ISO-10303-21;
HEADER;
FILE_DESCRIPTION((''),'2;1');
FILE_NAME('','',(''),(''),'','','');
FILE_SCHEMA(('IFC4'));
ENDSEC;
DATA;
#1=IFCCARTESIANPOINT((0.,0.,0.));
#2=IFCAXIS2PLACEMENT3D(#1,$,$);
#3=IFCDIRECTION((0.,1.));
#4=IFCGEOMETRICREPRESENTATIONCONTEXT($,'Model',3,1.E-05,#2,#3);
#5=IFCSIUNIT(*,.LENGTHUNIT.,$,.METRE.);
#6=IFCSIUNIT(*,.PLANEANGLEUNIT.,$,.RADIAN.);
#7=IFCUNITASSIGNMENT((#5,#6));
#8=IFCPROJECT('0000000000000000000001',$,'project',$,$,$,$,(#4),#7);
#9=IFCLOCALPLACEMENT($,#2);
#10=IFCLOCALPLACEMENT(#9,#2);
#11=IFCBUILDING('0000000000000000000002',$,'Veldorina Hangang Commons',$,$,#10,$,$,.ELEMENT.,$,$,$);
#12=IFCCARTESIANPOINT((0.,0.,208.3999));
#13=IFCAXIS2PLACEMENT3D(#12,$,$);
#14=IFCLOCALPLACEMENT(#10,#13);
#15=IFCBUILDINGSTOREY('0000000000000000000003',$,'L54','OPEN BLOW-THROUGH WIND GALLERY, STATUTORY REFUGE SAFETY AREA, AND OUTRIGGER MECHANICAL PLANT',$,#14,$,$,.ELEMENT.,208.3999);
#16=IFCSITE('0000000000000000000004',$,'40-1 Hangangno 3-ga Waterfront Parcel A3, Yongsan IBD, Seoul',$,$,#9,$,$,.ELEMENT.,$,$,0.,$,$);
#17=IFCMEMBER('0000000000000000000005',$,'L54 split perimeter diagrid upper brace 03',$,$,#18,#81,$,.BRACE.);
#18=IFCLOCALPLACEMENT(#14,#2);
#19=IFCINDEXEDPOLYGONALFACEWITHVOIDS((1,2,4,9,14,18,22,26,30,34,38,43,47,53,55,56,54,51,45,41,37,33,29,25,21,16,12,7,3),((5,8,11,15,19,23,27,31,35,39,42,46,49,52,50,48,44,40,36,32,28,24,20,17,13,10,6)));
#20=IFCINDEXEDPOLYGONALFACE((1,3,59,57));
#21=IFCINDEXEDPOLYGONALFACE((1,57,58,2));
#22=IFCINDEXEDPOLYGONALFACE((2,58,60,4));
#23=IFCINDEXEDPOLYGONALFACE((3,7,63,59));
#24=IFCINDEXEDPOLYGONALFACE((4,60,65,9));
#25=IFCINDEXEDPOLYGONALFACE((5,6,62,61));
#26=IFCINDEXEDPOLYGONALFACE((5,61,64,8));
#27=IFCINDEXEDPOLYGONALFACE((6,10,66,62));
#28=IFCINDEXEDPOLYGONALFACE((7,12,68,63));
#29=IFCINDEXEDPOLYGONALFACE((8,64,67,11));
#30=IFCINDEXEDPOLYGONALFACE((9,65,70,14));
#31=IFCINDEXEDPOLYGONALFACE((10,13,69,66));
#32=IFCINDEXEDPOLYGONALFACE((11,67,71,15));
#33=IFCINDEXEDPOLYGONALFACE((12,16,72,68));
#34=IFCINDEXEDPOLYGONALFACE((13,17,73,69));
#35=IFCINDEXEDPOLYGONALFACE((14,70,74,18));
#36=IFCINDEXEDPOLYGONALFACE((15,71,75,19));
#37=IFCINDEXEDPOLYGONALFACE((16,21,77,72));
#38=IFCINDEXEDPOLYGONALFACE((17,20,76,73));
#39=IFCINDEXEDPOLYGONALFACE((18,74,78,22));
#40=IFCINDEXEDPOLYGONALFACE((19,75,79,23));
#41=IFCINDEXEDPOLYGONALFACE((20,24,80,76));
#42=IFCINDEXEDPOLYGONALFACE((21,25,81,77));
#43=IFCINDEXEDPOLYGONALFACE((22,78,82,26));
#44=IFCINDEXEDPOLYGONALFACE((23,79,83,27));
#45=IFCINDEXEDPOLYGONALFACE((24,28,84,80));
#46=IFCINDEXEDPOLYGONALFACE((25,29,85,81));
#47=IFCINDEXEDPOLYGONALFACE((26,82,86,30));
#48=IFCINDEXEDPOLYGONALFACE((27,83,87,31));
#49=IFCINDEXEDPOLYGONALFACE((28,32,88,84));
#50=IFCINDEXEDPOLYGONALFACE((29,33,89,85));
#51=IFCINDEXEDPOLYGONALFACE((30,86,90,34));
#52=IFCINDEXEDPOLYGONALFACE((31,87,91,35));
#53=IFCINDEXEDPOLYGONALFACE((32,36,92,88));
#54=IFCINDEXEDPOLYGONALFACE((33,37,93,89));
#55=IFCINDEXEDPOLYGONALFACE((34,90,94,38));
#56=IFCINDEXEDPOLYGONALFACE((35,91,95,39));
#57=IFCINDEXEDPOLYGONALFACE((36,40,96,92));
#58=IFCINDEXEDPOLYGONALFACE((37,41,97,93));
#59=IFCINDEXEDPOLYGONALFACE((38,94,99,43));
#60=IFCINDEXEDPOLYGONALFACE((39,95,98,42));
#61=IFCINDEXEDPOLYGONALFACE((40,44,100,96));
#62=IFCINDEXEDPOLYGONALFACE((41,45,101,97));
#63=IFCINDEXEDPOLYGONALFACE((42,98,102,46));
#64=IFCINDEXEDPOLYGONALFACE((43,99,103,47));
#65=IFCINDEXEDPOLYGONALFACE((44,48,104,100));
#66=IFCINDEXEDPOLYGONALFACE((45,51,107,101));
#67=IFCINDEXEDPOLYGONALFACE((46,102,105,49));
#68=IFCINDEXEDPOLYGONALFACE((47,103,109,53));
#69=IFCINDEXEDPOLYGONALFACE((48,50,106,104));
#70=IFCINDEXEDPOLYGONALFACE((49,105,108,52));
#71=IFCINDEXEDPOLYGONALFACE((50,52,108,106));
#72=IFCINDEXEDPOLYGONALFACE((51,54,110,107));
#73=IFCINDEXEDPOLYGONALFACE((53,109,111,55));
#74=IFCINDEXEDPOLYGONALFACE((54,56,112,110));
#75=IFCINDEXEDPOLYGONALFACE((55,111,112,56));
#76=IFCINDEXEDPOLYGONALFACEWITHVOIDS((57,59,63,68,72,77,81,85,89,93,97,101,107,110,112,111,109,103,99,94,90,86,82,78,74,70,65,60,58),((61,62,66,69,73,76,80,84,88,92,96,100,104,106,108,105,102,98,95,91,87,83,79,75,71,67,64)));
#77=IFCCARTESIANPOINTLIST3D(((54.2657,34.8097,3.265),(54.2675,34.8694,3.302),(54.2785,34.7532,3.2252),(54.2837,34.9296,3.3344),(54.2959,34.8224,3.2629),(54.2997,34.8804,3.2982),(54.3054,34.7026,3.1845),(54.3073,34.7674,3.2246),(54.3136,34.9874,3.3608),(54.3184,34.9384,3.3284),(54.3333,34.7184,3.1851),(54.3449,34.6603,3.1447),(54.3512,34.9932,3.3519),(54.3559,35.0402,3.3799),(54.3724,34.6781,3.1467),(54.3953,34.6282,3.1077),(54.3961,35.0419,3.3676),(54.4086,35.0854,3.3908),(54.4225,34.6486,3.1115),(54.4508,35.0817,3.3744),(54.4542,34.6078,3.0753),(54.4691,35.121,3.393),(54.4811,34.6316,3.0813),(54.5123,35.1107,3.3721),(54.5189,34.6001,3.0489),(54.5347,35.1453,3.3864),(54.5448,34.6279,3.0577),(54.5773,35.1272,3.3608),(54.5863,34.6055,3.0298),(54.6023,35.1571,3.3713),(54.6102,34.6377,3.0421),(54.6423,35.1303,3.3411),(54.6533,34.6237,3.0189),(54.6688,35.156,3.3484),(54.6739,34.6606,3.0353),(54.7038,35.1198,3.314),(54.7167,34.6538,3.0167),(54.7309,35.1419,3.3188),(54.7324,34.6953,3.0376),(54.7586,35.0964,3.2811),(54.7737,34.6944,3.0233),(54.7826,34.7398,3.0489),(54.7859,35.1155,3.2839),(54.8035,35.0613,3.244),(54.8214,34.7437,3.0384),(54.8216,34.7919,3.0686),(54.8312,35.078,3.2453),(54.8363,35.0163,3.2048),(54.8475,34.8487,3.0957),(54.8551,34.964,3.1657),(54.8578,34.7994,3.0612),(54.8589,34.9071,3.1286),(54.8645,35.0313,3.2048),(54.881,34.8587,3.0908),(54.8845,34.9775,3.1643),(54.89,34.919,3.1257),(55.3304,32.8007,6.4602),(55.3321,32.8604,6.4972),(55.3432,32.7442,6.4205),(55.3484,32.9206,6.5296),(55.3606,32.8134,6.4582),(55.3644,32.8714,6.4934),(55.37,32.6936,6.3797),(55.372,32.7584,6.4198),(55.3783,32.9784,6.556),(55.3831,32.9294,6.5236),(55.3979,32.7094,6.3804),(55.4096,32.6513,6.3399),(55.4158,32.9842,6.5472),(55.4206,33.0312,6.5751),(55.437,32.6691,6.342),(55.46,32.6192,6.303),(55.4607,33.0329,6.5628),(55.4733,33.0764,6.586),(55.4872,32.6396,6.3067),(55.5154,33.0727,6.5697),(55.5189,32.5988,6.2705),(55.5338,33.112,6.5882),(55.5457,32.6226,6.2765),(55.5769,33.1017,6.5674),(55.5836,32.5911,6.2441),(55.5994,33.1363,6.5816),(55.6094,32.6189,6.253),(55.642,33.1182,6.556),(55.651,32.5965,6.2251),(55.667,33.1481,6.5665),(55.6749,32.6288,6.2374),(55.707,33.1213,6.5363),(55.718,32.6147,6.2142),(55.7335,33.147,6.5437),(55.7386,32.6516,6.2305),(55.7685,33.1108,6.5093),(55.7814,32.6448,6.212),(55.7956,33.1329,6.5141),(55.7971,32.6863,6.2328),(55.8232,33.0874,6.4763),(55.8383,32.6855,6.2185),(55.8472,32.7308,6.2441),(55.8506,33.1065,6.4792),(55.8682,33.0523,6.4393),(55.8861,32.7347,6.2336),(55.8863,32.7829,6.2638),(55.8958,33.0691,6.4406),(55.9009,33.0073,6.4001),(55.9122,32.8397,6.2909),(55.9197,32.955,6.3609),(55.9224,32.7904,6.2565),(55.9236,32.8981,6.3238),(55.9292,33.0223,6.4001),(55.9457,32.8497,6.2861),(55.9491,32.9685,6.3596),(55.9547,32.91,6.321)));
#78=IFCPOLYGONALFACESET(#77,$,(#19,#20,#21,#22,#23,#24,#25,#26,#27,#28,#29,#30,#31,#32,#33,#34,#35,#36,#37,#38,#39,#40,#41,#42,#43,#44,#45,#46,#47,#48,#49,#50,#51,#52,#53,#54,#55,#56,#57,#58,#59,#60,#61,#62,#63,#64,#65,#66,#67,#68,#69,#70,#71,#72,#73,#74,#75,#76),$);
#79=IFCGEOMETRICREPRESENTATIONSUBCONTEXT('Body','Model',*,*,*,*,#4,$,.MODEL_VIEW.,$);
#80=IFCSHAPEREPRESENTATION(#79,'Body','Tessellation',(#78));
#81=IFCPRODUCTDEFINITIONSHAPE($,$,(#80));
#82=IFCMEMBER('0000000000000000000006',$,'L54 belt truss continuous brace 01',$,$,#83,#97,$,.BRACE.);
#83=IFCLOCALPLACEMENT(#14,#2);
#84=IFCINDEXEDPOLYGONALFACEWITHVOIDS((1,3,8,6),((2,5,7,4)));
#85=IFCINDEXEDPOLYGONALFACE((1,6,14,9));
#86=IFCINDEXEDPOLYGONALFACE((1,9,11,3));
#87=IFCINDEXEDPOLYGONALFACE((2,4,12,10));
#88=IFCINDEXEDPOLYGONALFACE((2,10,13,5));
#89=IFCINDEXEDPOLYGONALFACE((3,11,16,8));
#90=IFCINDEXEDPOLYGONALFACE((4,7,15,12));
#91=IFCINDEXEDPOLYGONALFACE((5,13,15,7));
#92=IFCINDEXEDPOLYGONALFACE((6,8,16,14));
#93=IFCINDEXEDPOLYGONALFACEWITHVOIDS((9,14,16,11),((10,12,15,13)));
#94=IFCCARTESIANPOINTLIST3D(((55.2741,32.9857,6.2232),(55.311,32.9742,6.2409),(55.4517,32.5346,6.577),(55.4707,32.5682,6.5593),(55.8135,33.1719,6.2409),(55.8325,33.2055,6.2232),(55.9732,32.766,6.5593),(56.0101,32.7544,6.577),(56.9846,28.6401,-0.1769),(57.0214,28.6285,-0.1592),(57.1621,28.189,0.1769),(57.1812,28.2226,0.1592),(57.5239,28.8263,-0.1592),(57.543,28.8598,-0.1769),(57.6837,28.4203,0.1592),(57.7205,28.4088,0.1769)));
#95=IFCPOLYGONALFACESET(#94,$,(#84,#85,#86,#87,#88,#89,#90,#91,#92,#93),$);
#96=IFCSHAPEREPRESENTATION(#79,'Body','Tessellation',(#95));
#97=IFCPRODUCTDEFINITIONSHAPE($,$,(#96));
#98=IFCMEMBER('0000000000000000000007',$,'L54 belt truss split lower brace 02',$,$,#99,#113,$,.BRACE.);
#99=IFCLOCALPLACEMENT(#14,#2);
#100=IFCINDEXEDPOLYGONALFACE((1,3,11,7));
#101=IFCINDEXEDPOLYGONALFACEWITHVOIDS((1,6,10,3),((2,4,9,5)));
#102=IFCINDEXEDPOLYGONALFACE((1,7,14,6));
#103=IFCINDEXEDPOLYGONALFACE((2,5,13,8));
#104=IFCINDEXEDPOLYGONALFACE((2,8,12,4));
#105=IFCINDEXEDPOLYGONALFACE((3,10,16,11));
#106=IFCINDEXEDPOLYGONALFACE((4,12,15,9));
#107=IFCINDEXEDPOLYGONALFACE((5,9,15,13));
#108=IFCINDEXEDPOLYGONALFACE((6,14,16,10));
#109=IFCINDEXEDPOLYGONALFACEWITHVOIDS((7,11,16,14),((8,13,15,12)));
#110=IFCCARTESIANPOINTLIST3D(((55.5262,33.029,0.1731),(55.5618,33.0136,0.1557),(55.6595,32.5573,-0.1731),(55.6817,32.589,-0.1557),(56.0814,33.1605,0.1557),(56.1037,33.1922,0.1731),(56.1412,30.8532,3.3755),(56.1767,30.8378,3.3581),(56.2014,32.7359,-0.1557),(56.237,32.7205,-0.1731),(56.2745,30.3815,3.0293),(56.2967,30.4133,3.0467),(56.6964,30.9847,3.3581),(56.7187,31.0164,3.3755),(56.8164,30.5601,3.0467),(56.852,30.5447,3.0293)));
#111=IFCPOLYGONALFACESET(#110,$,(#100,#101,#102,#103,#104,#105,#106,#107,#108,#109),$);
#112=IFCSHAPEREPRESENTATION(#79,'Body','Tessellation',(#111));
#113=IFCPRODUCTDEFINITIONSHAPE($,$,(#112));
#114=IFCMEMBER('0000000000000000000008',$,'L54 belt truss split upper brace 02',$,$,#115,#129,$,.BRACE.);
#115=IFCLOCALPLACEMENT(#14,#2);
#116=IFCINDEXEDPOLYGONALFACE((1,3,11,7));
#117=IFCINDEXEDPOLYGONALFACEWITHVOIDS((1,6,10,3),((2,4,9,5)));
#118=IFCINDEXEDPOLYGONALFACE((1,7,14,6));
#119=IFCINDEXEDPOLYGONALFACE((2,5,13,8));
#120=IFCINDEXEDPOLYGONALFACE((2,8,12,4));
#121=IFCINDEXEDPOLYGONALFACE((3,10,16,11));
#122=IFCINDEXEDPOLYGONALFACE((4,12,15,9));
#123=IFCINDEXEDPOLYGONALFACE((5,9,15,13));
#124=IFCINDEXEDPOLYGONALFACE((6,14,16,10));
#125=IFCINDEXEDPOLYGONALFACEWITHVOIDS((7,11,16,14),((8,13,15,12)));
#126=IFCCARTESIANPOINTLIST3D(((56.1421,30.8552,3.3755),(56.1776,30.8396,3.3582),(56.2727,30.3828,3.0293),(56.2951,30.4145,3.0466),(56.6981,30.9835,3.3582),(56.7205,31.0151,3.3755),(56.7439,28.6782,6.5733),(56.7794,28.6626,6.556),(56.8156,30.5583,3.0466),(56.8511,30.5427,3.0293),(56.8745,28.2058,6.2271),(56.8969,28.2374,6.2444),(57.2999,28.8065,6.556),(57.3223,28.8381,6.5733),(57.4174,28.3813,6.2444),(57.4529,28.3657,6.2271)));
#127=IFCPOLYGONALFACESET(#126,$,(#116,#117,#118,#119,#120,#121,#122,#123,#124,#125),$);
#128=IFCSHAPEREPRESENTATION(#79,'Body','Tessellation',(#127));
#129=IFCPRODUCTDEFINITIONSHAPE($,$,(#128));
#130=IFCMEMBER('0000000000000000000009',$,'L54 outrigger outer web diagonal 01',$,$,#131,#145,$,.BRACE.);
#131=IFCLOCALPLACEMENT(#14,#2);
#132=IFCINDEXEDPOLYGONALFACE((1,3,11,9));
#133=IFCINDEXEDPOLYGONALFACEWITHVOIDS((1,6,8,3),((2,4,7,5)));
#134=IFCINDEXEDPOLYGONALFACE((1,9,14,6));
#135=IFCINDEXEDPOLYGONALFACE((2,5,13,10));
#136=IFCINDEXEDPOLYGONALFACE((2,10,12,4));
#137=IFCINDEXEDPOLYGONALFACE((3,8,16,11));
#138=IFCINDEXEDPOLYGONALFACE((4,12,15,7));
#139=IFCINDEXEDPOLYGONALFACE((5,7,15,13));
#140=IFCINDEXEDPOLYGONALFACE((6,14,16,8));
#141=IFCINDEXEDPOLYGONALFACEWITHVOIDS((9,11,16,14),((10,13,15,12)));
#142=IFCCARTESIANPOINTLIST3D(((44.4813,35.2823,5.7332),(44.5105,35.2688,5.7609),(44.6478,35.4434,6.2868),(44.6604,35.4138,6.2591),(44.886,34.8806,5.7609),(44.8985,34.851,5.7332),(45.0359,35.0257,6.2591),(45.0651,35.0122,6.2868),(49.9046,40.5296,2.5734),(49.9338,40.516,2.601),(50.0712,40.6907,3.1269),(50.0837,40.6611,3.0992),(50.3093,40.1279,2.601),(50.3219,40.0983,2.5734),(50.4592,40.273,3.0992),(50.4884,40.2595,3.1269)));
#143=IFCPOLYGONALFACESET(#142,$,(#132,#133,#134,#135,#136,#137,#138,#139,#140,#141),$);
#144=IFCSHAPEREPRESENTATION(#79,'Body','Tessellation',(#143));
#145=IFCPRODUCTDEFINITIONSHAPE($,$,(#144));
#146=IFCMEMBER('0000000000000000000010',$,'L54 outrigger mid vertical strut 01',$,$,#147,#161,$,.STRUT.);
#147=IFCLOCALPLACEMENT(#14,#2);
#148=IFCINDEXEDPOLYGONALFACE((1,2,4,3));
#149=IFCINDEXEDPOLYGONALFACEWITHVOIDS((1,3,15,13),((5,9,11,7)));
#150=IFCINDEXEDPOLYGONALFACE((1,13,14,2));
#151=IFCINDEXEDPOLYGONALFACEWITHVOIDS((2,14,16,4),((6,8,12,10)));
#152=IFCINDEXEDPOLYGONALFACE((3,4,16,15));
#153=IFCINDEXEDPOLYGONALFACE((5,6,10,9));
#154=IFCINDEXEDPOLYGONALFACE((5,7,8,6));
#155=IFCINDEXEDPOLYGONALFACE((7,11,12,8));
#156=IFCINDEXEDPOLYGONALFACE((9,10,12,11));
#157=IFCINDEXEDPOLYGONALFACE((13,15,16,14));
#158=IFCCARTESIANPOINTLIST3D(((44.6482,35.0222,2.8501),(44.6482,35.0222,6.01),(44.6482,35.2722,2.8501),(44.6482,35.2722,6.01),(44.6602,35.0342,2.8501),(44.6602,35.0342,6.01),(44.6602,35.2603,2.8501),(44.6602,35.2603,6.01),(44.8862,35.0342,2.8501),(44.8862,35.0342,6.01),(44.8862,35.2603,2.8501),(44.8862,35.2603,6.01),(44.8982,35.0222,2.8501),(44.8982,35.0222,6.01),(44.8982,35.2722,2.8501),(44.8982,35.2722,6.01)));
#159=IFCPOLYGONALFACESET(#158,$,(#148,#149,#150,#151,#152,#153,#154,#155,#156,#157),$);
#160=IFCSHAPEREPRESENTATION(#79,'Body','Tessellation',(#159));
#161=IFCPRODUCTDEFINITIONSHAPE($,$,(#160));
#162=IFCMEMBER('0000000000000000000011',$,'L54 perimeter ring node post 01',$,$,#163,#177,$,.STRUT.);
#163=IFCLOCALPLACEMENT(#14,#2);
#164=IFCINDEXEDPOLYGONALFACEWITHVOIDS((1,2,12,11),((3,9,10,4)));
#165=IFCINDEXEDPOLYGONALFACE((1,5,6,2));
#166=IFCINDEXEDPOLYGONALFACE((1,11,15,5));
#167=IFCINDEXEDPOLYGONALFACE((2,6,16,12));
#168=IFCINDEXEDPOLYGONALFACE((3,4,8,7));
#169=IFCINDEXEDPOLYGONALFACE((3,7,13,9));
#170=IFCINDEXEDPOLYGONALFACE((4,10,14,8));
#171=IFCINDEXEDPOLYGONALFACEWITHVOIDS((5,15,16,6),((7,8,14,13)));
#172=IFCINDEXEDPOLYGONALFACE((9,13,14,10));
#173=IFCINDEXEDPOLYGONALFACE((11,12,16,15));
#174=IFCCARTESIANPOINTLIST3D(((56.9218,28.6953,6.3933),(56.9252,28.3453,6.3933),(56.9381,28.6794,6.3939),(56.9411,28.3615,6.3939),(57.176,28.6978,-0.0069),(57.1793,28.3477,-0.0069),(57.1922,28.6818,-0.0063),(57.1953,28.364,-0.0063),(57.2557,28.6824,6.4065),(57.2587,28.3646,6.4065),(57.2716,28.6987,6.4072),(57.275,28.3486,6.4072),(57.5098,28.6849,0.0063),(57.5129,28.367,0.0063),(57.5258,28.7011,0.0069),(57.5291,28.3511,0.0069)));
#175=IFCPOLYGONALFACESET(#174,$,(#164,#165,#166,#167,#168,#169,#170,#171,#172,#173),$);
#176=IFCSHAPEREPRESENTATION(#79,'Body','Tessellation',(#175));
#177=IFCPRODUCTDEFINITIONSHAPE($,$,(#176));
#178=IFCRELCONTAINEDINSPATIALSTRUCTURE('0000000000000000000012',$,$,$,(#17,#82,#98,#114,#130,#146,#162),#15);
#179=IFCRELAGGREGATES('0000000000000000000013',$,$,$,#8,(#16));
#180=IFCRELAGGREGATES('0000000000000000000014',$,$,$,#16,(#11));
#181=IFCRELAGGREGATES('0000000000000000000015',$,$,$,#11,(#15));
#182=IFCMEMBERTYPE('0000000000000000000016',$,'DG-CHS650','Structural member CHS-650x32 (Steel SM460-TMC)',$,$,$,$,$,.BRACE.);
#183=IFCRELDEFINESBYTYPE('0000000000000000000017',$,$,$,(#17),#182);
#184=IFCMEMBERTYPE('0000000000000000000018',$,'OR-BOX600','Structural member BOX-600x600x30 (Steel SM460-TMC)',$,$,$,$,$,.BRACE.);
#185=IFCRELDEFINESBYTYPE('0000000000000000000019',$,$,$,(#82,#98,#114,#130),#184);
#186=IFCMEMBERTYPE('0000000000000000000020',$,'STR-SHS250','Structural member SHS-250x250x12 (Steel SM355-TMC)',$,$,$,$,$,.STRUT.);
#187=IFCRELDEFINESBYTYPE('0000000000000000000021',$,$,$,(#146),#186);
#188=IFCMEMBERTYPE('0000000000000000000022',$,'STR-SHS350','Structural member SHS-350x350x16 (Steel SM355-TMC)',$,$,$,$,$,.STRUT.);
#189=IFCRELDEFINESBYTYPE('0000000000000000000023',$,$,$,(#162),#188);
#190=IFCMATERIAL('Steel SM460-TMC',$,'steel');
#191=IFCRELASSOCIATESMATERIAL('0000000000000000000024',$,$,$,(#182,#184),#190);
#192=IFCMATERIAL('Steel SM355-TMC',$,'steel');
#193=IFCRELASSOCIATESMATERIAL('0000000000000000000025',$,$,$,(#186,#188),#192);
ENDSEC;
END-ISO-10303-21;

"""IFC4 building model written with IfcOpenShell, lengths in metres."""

from ifc_helpers import new_model, si_unit, direction, frame, origin, origin_2d, place, context, subcontext, project, spatial, hollow_rectangle, hollow_circle, extrude, material, material_profile, profile_set, type_object, element, save


model = new_model("IFC4")

# Units and contexts
model_context = context("Model", 3, precision=1e-05, world=origin(), true_north=direction((0.0, 1.0)))
body_context = subcontext(model_context, "Body", "Model", "MODEL_VIEW")
ifc_project = project(units=[si_unit("LENGTHUNIT", "METRE"), si_unit("PLANEANGLEUNIT", "RADIAN")], contexts=[model_context])

# Site, building, storey
site_placement = place(None, origin())
site = spatial("IfcSite", under=ifc_project, at=site_placement, Name="40-1 Hangangno 3-ga Waterfront Parcel A3, Yongsan IBD, Seoul", CompositionType="ELEMENT", RefElevation=0.0)
building_placement = place(site_placement, origin())
building = spatial("IfcBuilding", under=site, at=building_placement, Name="Veldorina Hangang Commons", CompositionType="ELEMENT")
storey_placement = place(building_placement, frame((0.0, 0.0, 208.3999)))
storey = spatial("IfcBuildingStorey", under=building, at=storey_placement, Name="L54", Description="OPEN BLOW-THROUGH WIND GALLERY, STATUTORY REFUGE SAFETY AREA, AND OUTRIGGER MECHANICAL PLANT", CompositionType="ELEMENT", Elevation=208.3999)

# Shared definitions
ifc_material_1 = material(Name="Steel SM460-TMC", Category="steel")

# Members
ifc_material_profile_1 = material_profile(ifc_material_1, hollow_circle(Radius=0.325, WallThickness=0.032, at=origin_2d()), Name="CHS-650x32")
ifc_profile_set_1 = profile_set([ifc_material_profile_1], Name="Steel SM460-TMC")
member_type_1 = type_object("IfcMemberType", Name="DG-CHS650", Description="Structural member CHS-650x32 (Steel SM460-TMC)", PredefinedType="BRACE", material=ifc_profile_set_1)
member_1_placement = place(storey_placement, frame((54.5774, 34.8792, 3.2048), z_axis=(0.271488, -0.512285, 0.814775), x_axis=(0.883589, 0.468263, 0.0)))
element("IfcMember", 1, at=member_1_placement, inside=storey, type_object=member_type_1, Name="L54 split perimeter diagrid upper brace 03", PredefinedType="BRACE", context=body_context, shape_type="SweptSolid", body=[
    extrude(hollow_circle(Radius=0.325, WallThickness=0.032, at=origin_2d()), origin(), (0.0, 0.0, 1.0), 3.9216),
])
ifc_material_profile_2 = material_profile(ifc_material_1, hollow_rectangle(XDim=0.6001, YDim=0.6001, WallThickness=0.03, at=origin_2d()), Name="BOX-600x600x30")
ifc_profile_set_2 = profile_set([ifc_material_profile_2], Name="Steel SM460-TMC")
member_type_2 = type_object("IfcMemberType", Name="OR-BOX600", Description="Structural member BOX-600x600x30 (Steel SM460-TMC)", PredefinedType="BRACE", material=ifc_profile_set_2)
member_2_placement = place(storey_placement, frame((57.3525, 28.5244, 0.0), z_axis=(-0.215886, 0.548498, 0.807802), x_axis=(-0.930517, -0.366247, 0.0)))
element("IfcMember", 2, at=member_2_placement, inside=storey, type_object=member_type_2, Name="L54 belt truss continuous brace 01", PredefinedType="BRACE", context=body_context, shape_type="SweptSolid", body=[
    extrude(hollow_rectangle(XDim=0.6001, YDim=0.6001, WallThickness=0.03, at=origin_2d()), origin(), (0.0, 0.0, 1.0), 7.9229),
])
member_3_placement = place(storey_placement, frame((55.8816, 32.8748, 0.0), z_axis=(0.156879, -0.555025, 0.816906), x_axis=(0.962298, 0.271996, 0.0)))
element("IfcMember", 3, at=member_3_placement, inside=storey, type_object=member_type_2, Name="L54 belt truss split lower brace 02", PredefinedType="BRACE", context=body_context, shape_type="SweptSolid", body=[
    extrude(hollow_rectangle(XDim=0.6001, YDim=0.6001, WallThickness=0.03, at=origin_2d()), origin(), (0.0, 0.0, 1.0), 3.9202),
])
member_4_placement = place(storey_placement, frame((56.4966, 30.699, 3.2024), z_axis=(0.153719, -0.556068, 0.816798), x_axis=(0.96385, 0.266445, 0.0)))
element("IfcMember", 4, at=member_4_placement, inside=storey, type_object=member_type_2, Name="L54 belt truss split upper brace 02", PredefinedType="BRACE", context=body_context, shape_type="SweptSolid", body=[
    extrude(hollow_rectangle(XDim=0.6001, YDim=0.6001, WallThickness=0.03, at=origin_2d()), origin(), (0.0, 0.0, 1.0), 3.915),
])
member_5_placement = place(storey_placement, frame((44.7732, 35.1472, 6.01), z_axis=(0.662903, 0.641387, -0.386241), x_axis=(-0.695348, 0.718674, 0.0)))
element("IfcMember", 5, at=member_5_placement, inside=storey, type_object=member_type_2, Name="L54 outrigger outer web diagonal 01", PredefinedType="BRACE", context=body_context, shape_type="SweptSolid", body=[
    extrude(hollow_rectangle(XDim=0.6001, YDim=0.6001, WallThickness=0.03, at=origin_2d()), origin(), (0.0, 0.0, 1.0), 8.1812),
])
ifc_material_2 = material(Name="Steel SM355-TMC", Category="steel")
ifc_material_profile_3 = material_profile(ifc_material_2, hollow_rectangle(XDim=0.25, YDim=0.25, WallThickness=0.012, at=origin_2d()), Name="SHS-250x250x12")
ifc_profile_set_3 = profile_set([ifc_material_profile_3], Name="Steel SM355-TMC")
member_type_3 = type_object("IfcMemberType", Name="STR-SHS250", Description="Structural member SHS-250x250x12 (Steel SM355-TMC)", PredefinedType="STRUT", material=ifc_profile_set_3)
member_6_placement = place(storey_placement, frame((44.7732, 35.1472, 2.8501), z_axis=(0.0, 0.0, 1.0), x_axis=(1.0, 0.0, 0.0)))
element("IfcMember", 6, at=member_6_placement, inside=storey, type_object=member_type_3, Name="L54 outrigger mid vertical strut 01", PredefinedType="STRUT", context=body_context, shape_type="SweptSolid", body=[
    extrude(hollow_rectangle(XDim=0.25, YDim=0.25, WallThickness=0.012, at=origin_2d()), origin(), (0.0, 0.0, 1.0), 3.1599),
])
ifc_material_profile_4 = material_profile(ifc_material_2, hollow_rectangle(XDim=0.3501, YDim=0.3501, WallThickness=0.0161, at=origin_2d()), Name="SHS-350x350x16")
ifc_profile_set_4 = profile_set([ifc_material_profile_4], Name="Steel SM355-TMC")
member_type_4 = type_object("IfcMemberType", Name="STR-SHS350", Description="Structural member SHS-350x350x16 (Steel SM355-TMC)", PredefinedType="STRUT", material=ifc_profile_set_4)
member_7_placement = place(storey_placement, frame((57.3525, 28.5244, 0.0), z_axis=(-0.039679, -0.000381, 0.999212), x_axis=(0.009606, -0.999954, 0.0)))
element("IfcMember", 7, at=member_7_placement, inside=storey, type_object=member_type_4, Name="L54 perimeter ring node post 01", PredefinedType="STRUT", context=body_context, shape_type="SweptSolid", body=[
    extrude(hollow_rectangle(XDim=0.3501, YDim=0.3501, WallThickness=0.0161, at=origin_2d()), origin(), (0.0, 0.0, 1.0), 6.4053),
])

save(model, "model.ifc")
